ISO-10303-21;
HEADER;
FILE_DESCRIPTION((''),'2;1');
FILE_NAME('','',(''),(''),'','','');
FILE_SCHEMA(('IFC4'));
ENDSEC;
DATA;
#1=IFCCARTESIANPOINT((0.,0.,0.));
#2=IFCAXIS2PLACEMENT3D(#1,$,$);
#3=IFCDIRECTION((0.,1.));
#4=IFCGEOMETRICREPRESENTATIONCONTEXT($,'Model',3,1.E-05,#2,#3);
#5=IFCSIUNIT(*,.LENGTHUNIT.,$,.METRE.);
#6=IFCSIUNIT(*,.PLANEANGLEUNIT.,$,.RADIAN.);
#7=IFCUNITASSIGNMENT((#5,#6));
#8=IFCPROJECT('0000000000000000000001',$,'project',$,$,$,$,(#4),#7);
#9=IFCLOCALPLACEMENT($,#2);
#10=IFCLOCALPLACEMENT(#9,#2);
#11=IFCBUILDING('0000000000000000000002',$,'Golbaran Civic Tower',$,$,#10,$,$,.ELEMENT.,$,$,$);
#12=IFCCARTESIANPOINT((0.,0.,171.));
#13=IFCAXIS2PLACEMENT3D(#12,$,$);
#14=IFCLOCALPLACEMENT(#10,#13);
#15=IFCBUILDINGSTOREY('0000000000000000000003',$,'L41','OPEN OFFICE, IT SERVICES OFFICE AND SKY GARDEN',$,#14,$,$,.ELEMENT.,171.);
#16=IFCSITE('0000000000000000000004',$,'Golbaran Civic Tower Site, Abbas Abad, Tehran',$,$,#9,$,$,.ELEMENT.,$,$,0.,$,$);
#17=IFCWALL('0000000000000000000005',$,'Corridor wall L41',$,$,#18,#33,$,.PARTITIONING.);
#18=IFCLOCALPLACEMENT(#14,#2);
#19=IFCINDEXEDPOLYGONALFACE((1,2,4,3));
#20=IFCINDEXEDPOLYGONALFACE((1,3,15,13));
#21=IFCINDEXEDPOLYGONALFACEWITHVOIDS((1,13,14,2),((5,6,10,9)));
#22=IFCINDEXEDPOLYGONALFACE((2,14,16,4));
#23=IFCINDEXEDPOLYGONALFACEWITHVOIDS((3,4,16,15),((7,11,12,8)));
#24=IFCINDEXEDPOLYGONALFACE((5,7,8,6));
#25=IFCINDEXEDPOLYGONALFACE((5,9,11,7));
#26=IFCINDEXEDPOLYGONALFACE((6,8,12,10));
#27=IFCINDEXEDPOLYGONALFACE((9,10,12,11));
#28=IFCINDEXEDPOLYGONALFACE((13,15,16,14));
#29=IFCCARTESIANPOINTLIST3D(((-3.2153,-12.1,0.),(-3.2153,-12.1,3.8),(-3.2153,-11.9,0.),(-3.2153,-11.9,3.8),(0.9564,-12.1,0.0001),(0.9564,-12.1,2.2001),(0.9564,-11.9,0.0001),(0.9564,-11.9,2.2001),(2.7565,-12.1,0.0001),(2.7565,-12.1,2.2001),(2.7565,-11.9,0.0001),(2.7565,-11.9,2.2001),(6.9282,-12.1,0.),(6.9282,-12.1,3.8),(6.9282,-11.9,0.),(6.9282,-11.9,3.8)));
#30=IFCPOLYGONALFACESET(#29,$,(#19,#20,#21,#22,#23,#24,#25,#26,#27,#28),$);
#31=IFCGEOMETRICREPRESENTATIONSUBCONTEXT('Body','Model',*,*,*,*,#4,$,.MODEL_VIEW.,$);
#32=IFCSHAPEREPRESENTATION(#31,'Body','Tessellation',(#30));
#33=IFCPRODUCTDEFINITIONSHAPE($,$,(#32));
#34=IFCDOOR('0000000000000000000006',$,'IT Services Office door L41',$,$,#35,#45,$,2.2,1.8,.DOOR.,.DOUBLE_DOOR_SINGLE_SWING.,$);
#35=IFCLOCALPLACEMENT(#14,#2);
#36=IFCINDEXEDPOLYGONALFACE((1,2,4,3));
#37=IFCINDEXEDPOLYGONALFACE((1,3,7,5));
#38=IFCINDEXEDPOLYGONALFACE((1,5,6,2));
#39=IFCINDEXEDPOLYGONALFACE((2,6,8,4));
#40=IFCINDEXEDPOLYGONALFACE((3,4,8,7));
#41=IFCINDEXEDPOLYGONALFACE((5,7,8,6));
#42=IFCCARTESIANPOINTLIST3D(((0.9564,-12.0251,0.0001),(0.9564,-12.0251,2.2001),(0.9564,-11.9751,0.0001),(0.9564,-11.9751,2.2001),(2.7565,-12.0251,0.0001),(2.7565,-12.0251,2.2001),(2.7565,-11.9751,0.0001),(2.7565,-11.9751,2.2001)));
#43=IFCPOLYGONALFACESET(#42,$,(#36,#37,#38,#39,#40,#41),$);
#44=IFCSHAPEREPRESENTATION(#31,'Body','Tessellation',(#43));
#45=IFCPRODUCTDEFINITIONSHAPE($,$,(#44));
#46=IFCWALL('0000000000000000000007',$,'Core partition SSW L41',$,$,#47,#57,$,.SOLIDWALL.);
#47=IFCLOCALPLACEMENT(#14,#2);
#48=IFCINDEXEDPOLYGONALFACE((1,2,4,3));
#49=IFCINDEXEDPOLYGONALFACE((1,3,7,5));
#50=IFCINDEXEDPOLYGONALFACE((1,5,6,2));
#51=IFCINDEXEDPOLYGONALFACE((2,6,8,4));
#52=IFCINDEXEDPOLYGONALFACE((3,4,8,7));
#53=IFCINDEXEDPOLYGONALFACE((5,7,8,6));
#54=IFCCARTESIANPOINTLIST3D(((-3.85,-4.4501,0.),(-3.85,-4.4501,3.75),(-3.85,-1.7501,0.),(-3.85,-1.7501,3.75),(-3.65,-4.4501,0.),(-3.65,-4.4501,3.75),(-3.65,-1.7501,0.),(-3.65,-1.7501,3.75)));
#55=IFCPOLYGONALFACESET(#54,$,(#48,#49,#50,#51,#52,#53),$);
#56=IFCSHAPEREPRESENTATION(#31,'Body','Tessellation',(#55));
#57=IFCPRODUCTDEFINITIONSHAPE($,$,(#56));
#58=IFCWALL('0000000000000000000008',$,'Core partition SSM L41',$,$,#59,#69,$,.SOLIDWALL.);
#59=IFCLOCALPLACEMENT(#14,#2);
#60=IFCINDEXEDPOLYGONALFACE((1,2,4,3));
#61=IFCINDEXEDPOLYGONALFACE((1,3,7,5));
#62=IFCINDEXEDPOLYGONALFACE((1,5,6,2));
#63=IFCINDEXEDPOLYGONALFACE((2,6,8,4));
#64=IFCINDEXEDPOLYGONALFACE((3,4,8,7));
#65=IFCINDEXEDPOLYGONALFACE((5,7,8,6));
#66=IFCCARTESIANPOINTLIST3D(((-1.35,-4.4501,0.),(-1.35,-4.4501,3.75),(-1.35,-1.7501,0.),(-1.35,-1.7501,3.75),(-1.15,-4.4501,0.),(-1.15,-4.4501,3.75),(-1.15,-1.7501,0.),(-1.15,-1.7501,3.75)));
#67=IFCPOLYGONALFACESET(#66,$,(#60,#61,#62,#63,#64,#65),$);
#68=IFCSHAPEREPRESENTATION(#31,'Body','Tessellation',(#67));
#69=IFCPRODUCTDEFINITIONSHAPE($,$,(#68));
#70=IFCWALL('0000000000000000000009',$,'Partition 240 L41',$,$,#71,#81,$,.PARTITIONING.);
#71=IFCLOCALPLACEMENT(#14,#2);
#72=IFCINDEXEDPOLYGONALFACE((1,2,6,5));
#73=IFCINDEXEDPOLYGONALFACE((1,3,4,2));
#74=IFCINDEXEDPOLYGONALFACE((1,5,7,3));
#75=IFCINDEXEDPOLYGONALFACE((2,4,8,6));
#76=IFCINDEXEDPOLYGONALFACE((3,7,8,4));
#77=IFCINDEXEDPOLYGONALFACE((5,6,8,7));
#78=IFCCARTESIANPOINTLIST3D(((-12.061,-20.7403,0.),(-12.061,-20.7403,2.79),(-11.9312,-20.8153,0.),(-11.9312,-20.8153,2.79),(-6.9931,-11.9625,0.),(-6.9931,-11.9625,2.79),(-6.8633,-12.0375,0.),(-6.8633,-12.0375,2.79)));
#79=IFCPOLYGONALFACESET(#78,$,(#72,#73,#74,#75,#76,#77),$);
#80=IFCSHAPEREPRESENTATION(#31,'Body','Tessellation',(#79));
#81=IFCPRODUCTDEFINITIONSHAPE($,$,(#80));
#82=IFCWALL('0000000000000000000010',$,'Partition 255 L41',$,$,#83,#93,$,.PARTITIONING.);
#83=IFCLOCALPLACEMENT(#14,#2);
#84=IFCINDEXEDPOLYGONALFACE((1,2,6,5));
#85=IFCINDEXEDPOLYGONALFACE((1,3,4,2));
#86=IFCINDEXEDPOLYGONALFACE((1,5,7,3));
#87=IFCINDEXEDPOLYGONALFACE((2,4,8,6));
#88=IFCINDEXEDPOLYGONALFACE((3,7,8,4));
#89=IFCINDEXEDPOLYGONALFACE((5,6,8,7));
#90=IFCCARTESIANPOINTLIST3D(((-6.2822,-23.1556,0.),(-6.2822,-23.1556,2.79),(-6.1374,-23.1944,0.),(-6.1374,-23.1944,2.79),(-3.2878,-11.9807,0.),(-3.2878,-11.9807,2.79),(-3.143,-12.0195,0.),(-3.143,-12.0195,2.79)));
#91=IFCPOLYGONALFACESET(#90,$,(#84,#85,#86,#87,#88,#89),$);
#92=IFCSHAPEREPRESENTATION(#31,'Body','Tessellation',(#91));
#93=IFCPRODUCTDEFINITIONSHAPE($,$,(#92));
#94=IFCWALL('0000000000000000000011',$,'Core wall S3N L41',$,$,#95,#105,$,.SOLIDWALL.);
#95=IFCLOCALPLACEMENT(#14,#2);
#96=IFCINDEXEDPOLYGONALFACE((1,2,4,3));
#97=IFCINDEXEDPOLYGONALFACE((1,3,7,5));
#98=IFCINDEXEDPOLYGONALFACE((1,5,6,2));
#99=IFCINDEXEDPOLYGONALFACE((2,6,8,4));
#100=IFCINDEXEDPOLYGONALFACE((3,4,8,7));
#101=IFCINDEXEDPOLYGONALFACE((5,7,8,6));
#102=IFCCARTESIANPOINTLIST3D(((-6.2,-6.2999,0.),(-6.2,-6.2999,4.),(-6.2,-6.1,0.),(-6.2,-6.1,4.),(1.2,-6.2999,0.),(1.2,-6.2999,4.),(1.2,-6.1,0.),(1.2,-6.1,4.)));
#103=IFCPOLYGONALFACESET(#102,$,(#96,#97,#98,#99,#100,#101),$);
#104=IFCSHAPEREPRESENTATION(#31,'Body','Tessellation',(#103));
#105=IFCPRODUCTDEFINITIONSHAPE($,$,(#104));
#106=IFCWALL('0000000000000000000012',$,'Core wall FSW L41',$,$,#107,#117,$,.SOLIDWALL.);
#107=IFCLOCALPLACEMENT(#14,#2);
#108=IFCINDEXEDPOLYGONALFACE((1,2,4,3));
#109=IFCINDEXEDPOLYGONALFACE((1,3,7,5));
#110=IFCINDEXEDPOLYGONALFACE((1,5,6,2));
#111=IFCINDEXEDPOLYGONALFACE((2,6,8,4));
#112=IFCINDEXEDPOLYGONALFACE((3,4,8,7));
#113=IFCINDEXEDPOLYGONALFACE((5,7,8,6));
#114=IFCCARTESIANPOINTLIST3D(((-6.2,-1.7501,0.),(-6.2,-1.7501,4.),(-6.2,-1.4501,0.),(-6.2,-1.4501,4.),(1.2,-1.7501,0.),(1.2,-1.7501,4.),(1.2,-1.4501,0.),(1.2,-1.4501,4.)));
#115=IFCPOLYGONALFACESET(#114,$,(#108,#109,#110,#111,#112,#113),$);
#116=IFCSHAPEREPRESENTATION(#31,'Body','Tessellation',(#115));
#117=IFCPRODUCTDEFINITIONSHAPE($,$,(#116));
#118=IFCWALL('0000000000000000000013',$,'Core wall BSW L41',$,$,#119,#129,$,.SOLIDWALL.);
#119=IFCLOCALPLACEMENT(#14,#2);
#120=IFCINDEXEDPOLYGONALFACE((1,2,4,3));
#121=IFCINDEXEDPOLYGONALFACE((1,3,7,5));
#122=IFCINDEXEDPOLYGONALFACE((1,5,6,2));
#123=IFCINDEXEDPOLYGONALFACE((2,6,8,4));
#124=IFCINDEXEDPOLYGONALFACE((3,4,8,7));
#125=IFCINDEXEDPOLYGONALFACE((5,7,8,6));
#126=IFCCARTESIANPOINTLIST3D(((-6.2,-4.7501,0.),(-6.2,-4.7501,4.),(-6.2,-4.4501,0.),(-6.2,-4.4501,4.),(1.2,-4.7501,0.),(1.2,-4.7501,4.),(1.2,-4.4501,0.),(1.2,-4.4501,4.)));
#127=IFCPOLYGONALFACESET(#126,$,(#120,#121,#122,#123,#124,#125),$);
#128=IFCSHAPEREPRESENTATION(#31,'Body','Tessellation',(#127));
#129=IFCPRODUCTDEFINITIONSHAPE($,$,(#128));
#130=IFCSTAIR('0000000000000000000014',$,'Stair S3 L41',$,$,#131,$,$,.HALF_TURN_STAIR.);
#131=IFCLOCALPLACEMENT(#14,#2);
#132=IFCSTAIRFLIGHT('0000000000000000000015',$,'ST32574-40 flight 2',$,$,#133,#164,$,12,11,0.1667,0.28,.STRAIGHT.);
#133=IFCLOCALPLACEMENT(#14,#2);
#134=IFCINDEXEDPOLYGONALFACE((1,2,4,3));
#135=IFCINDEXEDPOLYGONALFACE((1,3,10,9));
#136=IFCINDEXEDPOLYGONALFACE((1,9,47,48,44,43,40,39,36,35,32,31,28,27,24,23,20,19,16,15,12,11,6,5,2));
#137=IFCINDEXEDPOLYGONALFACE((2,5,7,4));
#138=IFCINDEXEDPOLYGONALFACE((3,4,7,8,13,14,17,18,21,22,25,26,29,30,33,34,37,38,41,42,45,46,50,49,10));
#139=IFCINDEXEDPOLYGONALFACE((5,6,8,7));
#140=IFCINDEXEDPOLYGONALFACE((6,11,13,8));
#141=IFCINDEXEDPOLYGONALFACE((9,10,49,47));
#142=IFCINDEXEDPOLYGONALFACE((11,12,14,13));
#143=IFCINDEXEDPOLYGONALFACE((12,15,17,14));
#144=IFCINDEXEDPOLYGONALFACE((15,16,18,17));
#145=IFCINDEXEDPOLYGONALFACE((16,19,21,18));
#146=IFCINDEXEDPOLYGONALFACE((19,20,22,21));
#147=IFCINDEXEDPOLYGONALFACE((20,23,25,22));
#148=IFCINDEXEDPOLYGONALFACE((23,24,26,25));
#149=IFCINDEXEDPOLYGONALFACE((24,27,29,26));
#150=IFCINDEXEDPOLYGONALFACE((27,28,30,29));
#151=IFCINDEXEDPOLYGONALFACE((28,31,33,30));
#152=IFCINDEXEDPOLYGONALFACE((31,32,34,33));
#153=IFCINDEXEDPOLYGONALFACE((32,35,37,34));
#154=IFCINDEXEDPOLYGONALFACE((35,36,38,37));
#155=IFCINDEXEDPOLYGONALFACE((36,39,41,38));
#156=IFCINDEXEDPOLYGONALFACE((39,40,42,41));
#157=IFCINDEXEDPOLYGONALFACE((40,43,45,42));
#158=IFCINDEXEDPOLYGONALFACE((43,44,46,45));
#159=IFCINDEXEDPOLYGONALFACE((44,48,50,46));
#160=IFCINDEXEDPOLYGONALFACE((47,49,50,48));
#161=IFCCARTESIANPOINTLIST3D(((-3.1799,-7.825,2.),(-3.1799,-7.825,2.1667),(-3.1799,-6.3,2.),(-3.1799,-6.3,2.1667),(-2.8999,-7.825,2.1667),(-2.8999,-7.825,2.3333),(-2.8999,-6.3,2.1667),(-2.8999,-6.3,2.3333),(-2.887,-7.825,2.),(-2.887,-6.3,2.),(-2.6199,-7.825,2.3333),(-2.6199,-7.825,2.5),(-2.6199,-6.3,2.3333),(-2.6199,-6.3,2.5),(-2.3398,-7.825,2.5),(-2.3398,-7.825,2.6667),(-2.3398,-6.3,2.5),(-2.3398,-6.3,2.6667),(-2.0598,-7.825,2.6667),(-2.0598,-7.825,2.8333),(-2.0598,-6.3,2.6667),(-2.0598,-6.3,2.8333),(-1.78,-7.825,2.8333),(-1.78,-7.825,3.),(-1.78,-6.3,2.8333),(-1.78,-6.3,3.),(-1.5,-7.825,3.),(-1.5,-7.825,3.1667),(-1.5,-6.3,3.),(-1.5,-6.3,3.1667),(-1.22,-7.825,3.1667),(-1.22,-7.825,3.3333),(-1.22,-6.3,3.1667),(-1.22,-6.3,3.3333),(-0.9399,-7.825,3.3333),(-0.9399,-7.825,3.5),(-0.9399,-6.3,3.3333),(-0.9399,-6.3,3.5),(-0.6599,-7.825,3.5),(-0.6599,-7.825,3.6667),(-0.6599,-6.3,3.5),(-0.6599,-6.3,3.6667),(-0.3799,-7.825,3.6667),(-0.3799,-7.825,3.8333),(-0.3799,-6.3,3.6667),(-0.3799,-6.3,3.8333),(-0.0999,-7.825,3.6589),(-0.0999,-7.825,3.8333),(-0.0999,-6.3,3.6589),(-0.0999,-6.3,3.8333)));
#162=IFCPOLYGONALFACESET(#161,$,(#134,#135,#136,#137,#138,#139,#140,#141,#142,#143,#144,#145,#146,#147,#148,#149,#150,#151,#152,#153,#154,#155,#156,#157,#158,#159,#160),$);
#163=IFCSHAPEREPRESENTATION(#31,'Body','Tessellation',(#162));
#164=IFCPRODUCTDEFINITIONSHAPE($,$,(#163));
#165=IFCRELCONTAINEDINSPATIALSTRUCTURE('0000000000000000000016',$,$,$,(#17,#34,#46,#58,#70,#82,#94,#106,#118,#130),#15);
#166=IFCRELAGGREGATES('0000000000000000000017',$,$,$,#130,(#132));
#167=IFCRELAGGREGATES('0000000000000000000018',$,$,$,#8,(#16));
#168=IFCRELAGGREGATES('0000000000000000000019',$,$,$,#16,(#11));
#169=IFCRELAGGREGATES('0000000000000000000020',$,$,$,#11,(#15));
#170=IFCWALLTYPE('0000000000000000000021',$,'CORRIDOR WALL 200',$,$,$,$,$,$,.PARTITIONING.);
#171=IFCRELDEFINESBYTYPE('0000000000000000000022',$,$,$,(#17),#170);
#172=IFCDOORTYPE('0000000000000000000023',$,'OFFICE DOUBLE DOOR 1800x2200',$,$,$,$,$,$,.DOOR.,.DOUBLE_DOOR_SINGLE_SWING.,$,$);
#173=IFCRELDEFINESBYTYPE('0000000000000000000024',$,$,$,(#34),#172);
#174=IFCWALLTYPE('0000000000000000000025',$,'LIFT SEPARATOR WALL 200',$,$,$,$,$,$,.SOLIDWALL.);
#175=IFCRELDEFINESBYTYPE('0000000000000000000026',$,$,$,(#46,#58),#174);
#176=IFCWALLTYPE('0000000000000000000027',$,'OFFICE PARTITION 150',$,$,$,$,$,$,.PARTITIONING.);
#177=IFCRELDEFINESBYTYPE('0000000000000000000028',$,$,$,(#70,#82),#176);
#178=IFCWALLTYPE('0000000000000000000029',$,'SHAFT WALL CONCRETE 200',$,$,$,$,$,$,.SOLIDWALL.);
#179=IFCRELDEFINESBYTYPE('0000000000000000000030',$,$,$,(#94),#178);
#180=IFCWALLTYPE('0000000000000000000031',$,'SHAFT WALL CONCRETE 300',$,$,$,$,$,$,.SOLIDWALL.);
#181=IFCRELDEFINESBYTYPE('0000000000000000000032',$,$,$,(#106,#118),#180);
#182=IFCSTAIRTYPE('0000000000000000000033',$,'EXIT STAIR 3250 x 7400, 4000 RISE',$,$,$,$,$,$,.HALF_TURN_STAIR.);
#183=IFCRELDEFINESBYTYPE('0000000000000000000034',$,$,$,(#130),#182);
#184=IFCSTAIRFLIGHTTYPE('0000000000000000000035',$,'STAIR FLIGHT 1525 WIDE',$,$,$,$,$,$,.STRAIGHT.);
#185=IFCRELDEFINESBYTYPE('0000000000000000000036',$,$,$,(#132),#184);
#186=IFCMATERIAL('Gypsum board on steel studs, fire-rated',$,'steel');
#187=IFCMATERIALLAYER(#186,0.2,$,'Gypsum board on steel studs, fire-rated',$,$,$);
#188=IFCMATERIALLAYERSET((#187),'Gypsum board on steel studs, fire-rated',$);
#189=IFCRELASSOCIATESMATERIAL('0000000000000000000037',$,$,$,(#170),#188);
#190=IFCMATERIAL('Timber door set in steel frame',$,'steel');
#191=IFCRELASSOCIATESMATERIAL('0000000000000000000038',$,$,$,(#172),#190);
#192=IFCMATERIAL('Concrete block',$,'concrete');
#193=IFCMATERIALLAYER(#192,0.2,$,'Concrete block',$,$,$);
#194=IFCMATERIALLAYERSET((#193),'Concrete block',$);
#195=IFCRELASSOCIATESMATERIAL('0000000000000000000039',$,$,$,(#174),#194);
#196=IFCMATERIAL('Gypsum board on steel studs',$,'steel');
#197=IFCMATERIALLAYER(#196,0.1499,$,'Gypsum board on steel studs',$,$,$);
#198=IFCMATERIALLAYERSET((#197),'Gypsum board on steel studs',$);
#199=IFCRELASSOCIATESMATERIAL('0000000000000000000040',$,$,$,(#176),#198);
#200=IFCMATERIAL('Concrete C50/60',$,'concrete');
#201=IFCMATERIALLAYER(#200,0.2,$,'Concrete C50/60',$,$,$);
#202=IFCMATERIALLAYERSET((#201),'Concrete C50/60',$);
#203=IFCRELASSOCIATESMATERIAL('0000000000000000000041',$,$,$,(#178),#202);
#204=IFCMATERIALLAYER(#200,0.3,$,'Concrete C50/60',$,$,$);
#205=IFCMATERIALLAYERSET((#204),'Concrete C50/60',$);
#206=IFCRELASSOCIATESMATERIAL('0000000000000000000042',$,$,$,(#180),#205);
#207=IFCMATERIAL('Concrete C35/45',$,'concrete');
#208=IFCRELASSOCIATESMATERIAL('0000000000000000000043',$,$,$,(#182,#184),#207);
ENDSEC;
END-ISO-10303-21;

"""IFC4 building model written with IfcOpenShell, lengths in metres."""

from ifc_helpers import new_model, si_unit, direction, frame, frame_2d, origin, place, context, subcontext, project, spatial, polyline, rectangle, outline, extrude, material, layer, layer_set, type_object, element, fill, aggregate, save


model = new_model("IFC4")

# Units and contexts
model_context = context("Model", 3, precision=1e-05, world=origin(), true_north=direction((0.0, 1.0)))
body_context = subcontext(model_context, "Body", "Model", "MODEL_VIEW")
ifc_project = project(units=[si_unit("LENGTHUNIT", "METRE"), si_unit("PLANEANGLEUNIT", "RADIAN")], contexts=[model_context])

# Site, building, storey
site_placement = place(None, origin())
site = spatial("IfcSite", under=ifc_project, at=site_placement, Name="Golbaran Civic Tower Site, Abbas Abad, Tehran", CompositionType="ELEMENT", RefElevation=0.0)
building_placement = place(site_placement, origin())
building = spatial("IfcBuilding", under=site, at=building_placement, Name="Golbaran Civic Tower", CompositionType="ELEMENT")
storey_placement = place(building_placement, frame((0.0, 0.0, 171.0)))
storey = spatial("IfcBuildingStorey", under=building, at=storey_placement, Name="L41", Description="OPEN OFFICE, IT SERVICES OFFICE AND SKY GARDEN", CompositionType="ELEMENT", Elevation=171.0)

# Wall, opening, door
ifc_material_1 = material(Name="Concrete C50/60", Category="concrete")
ifc_material_2 = material(Name="Timber door set in steel frame", Category="steel")
ifc_material_3 = material(Name="Gypsum board on steel studs, fire-rated", Category="steel")
ifc_layer_1 = layer(ifc_material_3, 0.2, Name="Gypsum board on steel studs, fire-rated")
ifc_layer_set_1 = layer_set([ifc_layer_1], Name="Gypsum board on steel studs, fire-rated")
wall_type_1 = type_object("IfcWallType", Name="CORRIDOR WALL 200", PredefinedType="PARTITIONING", material=ifc_layer_set_1)
door_type_1 = type_object("IfcDoorType", Name="OFFICE DOUBLE DOOR 1800x2200", OperationType="DOUBLE_DOOR_SINGLE_SWING", PredefinedType="DOOR", material=ifc_material_2)
wall_1_placement = place(storey_placement, frame((-3.2153, -12.0, 0.0), z_axis=(0.0, 0.0, 1.0), x_axis=(1.0, 0.0, 0.0)))
wall_1 = element("IfcWall", 1, at=wall_1_placement, inside=storey, type_object=wall_type_1, Name="Corridor wall L41", PredefinedType="PARTITIONING", context=body_context, shape_type="SweptSolid", body=[
    extrude(rectangle(XDim=10.1436, YDim=0.2, at=frame_2d((5.0718, 0.0))), origin(), (0.0, 0.0, 1.0), 3.8),
])
opening_1_placement = place(wall_1_placement, frame((4.1719, 0.0, 0.0)))
opening_1 = element("IfcOpeningElement", 2, at=opening_1_placement, cuts=wall_1, PredefinedType="OPENING", context=body_context, shape_type="SweptSolid", body=[
    extrude(rectangle(XDim=1.8, YDim=2.2, at=frame_2d((0.8999, 1.1001))), frame((0.0, 0.1099, 0.0), z_axis=(0.0, -1.0, 0.0), x_axis=(1.0, 0.0, 0.0)), (0.0, 0.0, 1.0), 0.22),
])
door_1_placement = place(opening_1_placement, origin())
door_1 = element("IfcDoor", 3, at=door_1_placement, inside=storey, type_object=door_type_1, Name="IT Services Office door L41", OperationType="DOUBLE_DOOR_SINGLE_SWING", OverallHeight=2.2, OverallWidth=1.8, PredefinedType="DOOR", context=body_context, shape_type="SweptSolid", body=[
    extrude(rectangle(XDim=1.8, YDim=2.2, at=frame_2d((0.8999, 1.1001))), frame((0.0, 0.0249, 0.0), z_axis=(0.0, -1.0, 0.0), x_axis=(1.0, 0.0, 0.0)), (0.0, 0.0, 1.0), 0.05),
])
fill(opening_1, door_1)

# Walls
ifc_material_4 = material(Name="Concrete block", Category="concrete")
ifc_layer_2 = layer(ifc_material_4, 0.2, Name="Concrete block")
ifc_layer_set_2 = layer_set([ifc_layer_2], Name="Concrete block")
wall_type_2 = type_object("IfcWallType", Name="LIFT SEPARATOR WALL 200", PredefinedType="SOLIDWALL", material=ifc_layer_set_2)
for number, where, z_axis, x_axis, name in (
    (4, (-3.75, -1.75, 0.0), (0.0, 0.0, 1.0), (0.0, -1.0, 0.0), "Core partition SSW L41"),
    (5, (-1.25, -1.75, 0.0), (0.0, 0.0, 1.0), (0.0, -1.0, 0.0), "Core partition SSM L41"),
):
    element("IfcWall", number, at=place(storey_placement, frame(where, z_axis=z_axis, x_axis=x_axis)), inside=storey, type_object=wall_type_2, Name=name, PredefinedType="SOLIDWALL", context=body_context, shape_type="SweptSolid", body=[
        extrude(rectangle(XDim=2.7, YDim=0.2, at=frame_2d((1.3501, 0.0))), origin(), (0.0, 0.0, 1.0), 3.75),
    ])
ifc_material_5 = material(Name="Gypsum board on steel studs", Category="steel")
ifc_layer_3 = layer(ifc_material_5, 0.1499, Name="Gypsum board on steel studs")
ifc_layer_set_3 = layer_set([ifc_layer_3], Name="Gypsum board on steel studs")
wall_type_3 = type_object("IfcWallType", Name="OFFICE PARTITION 150", PredefinedType="PARTITIONING", material=ifc_layer_set_3)
wall_2_placement = place(storey_placement, frame((-6.9282, -12.0, 0.0), z_axis=(0.0, 0.0, 1.0), x_axis=(-0.499999, -0.866026, 0.0)))
element("IfcWall", 6, at=wall_2_placement, inside=storey, type_object=wall_type_3, Name="Partition 240 L41", PredefinedType="PARTITIONING", context=body_context, shape_type="SweptSolid", body=[
    extrude(rectangle(XDim=10.1357, YDim=0.1499, at=frame_2d((5.0679, 0.0))), origin(), (0.0, 0.0, 1.0), 2.79),
])
wall_3_placement = place(storey_placement, frame((-3.2153, -12.0, 0.0), z_axis=(0.0, 0.0, 1.0), x_axis=(-0.258828, -0.965924, 0.0)))
element("IfcWall", 7, at=wall_3_placement, inside=storey, type_object=wall_type_3, Name="Partition 255 L41", PredefinedType="PARTITIONING", context=body_context, shape_type="SweptSolid", body=[
    extrude(rectangle(XDim=11.5691, YDim=0.1499, at=frame_2d((5.7847, 0.0))), origin(), (0.0, 0.0, 1.0), 2.79),
])
ifc_layer_4 = layer(ifc_material_1, 0.2, Name="Concrete C50/60")
ifc_layer_set_4 = layer_set([ifc_layer_4], Name="Concrete C50/60")
wall_type_4 = type_object("IfcWallType", Name="SHAFT WALL CONCRETE 200", PredefinedType="SOLIDWALL", material=ifc_layer_set_4)
wall_4_placement = place(storey_placement, frame((-6.2, -6.2, 0.0), z_axis=(0.0, 0.0, 1.0), x_axis=(1.0, 0.0, 0.0)))
element("IfcWall", 8, at=wall_4_placement, inside=storey, type_object=wall_type_4, Name="Core wall S3N L41", PredefinedType="SOLIDWALL", context=body_context, shape_type="SweptSolid", body=[
    extrude(rectangle(XDim=7.3999, YDim=0.2, at=frame_2d((3.7, 0.0))), origin(), (0.0, 0.0, 1.0), 4.0),
])
ifc_layer_5 = layer(ifc_material_1, 0.3, Name="Concrete C50/60")
ifc_layer_set_5 = layer_set([ifc_layer_5], Name="Concrete C50/60")
wall_type_5 = type_object("IfcWallType", Name="SHAFT WALL CONCRETE 300", PredefinedType="SOLIDWALL", material=ifc_layer_set_5)
for number, where, z_axis, x_axis, name in (
    (9, (-6.2, -1.6001, 0.0), (0.0, 0.0, 1.0), (1.0, 0.0, 0.0), "Core wall FSW L41"),
    (10, (-6.2, -4.6001, 0.0), (0.0, 0.0, 1.0), (1.0, 0.0, 0.0), "Core wall BSW L41"),
):
    element("IfcWall", number, at=place(storey_placement, frame(where, z_axis=z_axis, x_axis=x_axis)), inside=storey, type_object=wall_type_5, Name=name, PredefinedType="SOLIDWALL", context=body_context, shape_type="SweptSolid", body=[
        extrude(rectangle(XDim=7.3999, YDim=0.3, at=frame_2d((3.7, 0.0))), origin(), (0.0, 0.0, 1.0), 4.0),
    ])

# Stair, stair flight
ifc_material_6 = material(Name="Concrete C35/45", Category="concrete")
stair_type = type_object("IfcStairType", Name="EXIT STAIR 3250 x 7400, 4000 RISE", PredefinedType="HALF_TURN_STAIR", material=ifc_material_6)
stair_placement = place(storey_placement, origin())
stair = element("IfcStair", 11, at=stair_placement, inside=storey, type_object=stair_type, Name="Stair S3 L41", PredefinedType="HALF_TURN_STAIR")
stair_flight_type = type_object("IfcStairFlightType", Name="STAIR FLIGHT 1525 WIDE", PredefinedType="STRAIGHT", material=ifc_material_6)
stair_flight_placement = place(storey_placement, frame((-3.1799, -7.0625, 2.0), z_axis=(0.0, 0.0, 1.0), x_axis=(1.0, 0.0, 0.0)))
stair_flight = element("IfcStairFlight", 12, at=stair_flight_placement, type_object=stair_flight_type, Name="ST32574-40 flight 2", NumberOfRisers=12, NumberOfTreads=11, PredefinedType="STRAIGHT", RiserHeight=0.1667, TreadLength=0.28, context=body_context, shape_type="SweptSolid", body=[
    extrude(outline(polyline([(0.0, 0.0), (0.0, 0.1667), (0.28, 0.1667), (0.28, 0.3333), (0.5601, 0.3333), (0.5601, 0.5), (0.8401, 0.5), (0.8401, 0.6667), (1.1201, 0.6667), (1.1201, 0.8333), (1.3999, 0.8333), (1.3999, 1.0), (1.6799, 1.0), (1.6799, 1.1667), (1.96, 1.1667), (1.96, 1.3333), (2.24, 1.3333), (2.24, 1.5), (2.52, 1.5), (2.52, 1.6667), (2.8, 1.6667), (2.8, 1.8333), (3.0801, 1.8333), (3.0801, 2.0), (3.0801, 1.6589), (0.293, 0.0), (0.0, 0.0)])), frame((0.0, 0.7625, 0.0), z_axis=(0.0, -1.0, 0.0), x_axis=(1.0, 0.0, 0.0)), (0.0, 0.0, 1.0), 1.5249),
])
aggregate(stair, [stair_flight])

save(model, "model.ifc")
